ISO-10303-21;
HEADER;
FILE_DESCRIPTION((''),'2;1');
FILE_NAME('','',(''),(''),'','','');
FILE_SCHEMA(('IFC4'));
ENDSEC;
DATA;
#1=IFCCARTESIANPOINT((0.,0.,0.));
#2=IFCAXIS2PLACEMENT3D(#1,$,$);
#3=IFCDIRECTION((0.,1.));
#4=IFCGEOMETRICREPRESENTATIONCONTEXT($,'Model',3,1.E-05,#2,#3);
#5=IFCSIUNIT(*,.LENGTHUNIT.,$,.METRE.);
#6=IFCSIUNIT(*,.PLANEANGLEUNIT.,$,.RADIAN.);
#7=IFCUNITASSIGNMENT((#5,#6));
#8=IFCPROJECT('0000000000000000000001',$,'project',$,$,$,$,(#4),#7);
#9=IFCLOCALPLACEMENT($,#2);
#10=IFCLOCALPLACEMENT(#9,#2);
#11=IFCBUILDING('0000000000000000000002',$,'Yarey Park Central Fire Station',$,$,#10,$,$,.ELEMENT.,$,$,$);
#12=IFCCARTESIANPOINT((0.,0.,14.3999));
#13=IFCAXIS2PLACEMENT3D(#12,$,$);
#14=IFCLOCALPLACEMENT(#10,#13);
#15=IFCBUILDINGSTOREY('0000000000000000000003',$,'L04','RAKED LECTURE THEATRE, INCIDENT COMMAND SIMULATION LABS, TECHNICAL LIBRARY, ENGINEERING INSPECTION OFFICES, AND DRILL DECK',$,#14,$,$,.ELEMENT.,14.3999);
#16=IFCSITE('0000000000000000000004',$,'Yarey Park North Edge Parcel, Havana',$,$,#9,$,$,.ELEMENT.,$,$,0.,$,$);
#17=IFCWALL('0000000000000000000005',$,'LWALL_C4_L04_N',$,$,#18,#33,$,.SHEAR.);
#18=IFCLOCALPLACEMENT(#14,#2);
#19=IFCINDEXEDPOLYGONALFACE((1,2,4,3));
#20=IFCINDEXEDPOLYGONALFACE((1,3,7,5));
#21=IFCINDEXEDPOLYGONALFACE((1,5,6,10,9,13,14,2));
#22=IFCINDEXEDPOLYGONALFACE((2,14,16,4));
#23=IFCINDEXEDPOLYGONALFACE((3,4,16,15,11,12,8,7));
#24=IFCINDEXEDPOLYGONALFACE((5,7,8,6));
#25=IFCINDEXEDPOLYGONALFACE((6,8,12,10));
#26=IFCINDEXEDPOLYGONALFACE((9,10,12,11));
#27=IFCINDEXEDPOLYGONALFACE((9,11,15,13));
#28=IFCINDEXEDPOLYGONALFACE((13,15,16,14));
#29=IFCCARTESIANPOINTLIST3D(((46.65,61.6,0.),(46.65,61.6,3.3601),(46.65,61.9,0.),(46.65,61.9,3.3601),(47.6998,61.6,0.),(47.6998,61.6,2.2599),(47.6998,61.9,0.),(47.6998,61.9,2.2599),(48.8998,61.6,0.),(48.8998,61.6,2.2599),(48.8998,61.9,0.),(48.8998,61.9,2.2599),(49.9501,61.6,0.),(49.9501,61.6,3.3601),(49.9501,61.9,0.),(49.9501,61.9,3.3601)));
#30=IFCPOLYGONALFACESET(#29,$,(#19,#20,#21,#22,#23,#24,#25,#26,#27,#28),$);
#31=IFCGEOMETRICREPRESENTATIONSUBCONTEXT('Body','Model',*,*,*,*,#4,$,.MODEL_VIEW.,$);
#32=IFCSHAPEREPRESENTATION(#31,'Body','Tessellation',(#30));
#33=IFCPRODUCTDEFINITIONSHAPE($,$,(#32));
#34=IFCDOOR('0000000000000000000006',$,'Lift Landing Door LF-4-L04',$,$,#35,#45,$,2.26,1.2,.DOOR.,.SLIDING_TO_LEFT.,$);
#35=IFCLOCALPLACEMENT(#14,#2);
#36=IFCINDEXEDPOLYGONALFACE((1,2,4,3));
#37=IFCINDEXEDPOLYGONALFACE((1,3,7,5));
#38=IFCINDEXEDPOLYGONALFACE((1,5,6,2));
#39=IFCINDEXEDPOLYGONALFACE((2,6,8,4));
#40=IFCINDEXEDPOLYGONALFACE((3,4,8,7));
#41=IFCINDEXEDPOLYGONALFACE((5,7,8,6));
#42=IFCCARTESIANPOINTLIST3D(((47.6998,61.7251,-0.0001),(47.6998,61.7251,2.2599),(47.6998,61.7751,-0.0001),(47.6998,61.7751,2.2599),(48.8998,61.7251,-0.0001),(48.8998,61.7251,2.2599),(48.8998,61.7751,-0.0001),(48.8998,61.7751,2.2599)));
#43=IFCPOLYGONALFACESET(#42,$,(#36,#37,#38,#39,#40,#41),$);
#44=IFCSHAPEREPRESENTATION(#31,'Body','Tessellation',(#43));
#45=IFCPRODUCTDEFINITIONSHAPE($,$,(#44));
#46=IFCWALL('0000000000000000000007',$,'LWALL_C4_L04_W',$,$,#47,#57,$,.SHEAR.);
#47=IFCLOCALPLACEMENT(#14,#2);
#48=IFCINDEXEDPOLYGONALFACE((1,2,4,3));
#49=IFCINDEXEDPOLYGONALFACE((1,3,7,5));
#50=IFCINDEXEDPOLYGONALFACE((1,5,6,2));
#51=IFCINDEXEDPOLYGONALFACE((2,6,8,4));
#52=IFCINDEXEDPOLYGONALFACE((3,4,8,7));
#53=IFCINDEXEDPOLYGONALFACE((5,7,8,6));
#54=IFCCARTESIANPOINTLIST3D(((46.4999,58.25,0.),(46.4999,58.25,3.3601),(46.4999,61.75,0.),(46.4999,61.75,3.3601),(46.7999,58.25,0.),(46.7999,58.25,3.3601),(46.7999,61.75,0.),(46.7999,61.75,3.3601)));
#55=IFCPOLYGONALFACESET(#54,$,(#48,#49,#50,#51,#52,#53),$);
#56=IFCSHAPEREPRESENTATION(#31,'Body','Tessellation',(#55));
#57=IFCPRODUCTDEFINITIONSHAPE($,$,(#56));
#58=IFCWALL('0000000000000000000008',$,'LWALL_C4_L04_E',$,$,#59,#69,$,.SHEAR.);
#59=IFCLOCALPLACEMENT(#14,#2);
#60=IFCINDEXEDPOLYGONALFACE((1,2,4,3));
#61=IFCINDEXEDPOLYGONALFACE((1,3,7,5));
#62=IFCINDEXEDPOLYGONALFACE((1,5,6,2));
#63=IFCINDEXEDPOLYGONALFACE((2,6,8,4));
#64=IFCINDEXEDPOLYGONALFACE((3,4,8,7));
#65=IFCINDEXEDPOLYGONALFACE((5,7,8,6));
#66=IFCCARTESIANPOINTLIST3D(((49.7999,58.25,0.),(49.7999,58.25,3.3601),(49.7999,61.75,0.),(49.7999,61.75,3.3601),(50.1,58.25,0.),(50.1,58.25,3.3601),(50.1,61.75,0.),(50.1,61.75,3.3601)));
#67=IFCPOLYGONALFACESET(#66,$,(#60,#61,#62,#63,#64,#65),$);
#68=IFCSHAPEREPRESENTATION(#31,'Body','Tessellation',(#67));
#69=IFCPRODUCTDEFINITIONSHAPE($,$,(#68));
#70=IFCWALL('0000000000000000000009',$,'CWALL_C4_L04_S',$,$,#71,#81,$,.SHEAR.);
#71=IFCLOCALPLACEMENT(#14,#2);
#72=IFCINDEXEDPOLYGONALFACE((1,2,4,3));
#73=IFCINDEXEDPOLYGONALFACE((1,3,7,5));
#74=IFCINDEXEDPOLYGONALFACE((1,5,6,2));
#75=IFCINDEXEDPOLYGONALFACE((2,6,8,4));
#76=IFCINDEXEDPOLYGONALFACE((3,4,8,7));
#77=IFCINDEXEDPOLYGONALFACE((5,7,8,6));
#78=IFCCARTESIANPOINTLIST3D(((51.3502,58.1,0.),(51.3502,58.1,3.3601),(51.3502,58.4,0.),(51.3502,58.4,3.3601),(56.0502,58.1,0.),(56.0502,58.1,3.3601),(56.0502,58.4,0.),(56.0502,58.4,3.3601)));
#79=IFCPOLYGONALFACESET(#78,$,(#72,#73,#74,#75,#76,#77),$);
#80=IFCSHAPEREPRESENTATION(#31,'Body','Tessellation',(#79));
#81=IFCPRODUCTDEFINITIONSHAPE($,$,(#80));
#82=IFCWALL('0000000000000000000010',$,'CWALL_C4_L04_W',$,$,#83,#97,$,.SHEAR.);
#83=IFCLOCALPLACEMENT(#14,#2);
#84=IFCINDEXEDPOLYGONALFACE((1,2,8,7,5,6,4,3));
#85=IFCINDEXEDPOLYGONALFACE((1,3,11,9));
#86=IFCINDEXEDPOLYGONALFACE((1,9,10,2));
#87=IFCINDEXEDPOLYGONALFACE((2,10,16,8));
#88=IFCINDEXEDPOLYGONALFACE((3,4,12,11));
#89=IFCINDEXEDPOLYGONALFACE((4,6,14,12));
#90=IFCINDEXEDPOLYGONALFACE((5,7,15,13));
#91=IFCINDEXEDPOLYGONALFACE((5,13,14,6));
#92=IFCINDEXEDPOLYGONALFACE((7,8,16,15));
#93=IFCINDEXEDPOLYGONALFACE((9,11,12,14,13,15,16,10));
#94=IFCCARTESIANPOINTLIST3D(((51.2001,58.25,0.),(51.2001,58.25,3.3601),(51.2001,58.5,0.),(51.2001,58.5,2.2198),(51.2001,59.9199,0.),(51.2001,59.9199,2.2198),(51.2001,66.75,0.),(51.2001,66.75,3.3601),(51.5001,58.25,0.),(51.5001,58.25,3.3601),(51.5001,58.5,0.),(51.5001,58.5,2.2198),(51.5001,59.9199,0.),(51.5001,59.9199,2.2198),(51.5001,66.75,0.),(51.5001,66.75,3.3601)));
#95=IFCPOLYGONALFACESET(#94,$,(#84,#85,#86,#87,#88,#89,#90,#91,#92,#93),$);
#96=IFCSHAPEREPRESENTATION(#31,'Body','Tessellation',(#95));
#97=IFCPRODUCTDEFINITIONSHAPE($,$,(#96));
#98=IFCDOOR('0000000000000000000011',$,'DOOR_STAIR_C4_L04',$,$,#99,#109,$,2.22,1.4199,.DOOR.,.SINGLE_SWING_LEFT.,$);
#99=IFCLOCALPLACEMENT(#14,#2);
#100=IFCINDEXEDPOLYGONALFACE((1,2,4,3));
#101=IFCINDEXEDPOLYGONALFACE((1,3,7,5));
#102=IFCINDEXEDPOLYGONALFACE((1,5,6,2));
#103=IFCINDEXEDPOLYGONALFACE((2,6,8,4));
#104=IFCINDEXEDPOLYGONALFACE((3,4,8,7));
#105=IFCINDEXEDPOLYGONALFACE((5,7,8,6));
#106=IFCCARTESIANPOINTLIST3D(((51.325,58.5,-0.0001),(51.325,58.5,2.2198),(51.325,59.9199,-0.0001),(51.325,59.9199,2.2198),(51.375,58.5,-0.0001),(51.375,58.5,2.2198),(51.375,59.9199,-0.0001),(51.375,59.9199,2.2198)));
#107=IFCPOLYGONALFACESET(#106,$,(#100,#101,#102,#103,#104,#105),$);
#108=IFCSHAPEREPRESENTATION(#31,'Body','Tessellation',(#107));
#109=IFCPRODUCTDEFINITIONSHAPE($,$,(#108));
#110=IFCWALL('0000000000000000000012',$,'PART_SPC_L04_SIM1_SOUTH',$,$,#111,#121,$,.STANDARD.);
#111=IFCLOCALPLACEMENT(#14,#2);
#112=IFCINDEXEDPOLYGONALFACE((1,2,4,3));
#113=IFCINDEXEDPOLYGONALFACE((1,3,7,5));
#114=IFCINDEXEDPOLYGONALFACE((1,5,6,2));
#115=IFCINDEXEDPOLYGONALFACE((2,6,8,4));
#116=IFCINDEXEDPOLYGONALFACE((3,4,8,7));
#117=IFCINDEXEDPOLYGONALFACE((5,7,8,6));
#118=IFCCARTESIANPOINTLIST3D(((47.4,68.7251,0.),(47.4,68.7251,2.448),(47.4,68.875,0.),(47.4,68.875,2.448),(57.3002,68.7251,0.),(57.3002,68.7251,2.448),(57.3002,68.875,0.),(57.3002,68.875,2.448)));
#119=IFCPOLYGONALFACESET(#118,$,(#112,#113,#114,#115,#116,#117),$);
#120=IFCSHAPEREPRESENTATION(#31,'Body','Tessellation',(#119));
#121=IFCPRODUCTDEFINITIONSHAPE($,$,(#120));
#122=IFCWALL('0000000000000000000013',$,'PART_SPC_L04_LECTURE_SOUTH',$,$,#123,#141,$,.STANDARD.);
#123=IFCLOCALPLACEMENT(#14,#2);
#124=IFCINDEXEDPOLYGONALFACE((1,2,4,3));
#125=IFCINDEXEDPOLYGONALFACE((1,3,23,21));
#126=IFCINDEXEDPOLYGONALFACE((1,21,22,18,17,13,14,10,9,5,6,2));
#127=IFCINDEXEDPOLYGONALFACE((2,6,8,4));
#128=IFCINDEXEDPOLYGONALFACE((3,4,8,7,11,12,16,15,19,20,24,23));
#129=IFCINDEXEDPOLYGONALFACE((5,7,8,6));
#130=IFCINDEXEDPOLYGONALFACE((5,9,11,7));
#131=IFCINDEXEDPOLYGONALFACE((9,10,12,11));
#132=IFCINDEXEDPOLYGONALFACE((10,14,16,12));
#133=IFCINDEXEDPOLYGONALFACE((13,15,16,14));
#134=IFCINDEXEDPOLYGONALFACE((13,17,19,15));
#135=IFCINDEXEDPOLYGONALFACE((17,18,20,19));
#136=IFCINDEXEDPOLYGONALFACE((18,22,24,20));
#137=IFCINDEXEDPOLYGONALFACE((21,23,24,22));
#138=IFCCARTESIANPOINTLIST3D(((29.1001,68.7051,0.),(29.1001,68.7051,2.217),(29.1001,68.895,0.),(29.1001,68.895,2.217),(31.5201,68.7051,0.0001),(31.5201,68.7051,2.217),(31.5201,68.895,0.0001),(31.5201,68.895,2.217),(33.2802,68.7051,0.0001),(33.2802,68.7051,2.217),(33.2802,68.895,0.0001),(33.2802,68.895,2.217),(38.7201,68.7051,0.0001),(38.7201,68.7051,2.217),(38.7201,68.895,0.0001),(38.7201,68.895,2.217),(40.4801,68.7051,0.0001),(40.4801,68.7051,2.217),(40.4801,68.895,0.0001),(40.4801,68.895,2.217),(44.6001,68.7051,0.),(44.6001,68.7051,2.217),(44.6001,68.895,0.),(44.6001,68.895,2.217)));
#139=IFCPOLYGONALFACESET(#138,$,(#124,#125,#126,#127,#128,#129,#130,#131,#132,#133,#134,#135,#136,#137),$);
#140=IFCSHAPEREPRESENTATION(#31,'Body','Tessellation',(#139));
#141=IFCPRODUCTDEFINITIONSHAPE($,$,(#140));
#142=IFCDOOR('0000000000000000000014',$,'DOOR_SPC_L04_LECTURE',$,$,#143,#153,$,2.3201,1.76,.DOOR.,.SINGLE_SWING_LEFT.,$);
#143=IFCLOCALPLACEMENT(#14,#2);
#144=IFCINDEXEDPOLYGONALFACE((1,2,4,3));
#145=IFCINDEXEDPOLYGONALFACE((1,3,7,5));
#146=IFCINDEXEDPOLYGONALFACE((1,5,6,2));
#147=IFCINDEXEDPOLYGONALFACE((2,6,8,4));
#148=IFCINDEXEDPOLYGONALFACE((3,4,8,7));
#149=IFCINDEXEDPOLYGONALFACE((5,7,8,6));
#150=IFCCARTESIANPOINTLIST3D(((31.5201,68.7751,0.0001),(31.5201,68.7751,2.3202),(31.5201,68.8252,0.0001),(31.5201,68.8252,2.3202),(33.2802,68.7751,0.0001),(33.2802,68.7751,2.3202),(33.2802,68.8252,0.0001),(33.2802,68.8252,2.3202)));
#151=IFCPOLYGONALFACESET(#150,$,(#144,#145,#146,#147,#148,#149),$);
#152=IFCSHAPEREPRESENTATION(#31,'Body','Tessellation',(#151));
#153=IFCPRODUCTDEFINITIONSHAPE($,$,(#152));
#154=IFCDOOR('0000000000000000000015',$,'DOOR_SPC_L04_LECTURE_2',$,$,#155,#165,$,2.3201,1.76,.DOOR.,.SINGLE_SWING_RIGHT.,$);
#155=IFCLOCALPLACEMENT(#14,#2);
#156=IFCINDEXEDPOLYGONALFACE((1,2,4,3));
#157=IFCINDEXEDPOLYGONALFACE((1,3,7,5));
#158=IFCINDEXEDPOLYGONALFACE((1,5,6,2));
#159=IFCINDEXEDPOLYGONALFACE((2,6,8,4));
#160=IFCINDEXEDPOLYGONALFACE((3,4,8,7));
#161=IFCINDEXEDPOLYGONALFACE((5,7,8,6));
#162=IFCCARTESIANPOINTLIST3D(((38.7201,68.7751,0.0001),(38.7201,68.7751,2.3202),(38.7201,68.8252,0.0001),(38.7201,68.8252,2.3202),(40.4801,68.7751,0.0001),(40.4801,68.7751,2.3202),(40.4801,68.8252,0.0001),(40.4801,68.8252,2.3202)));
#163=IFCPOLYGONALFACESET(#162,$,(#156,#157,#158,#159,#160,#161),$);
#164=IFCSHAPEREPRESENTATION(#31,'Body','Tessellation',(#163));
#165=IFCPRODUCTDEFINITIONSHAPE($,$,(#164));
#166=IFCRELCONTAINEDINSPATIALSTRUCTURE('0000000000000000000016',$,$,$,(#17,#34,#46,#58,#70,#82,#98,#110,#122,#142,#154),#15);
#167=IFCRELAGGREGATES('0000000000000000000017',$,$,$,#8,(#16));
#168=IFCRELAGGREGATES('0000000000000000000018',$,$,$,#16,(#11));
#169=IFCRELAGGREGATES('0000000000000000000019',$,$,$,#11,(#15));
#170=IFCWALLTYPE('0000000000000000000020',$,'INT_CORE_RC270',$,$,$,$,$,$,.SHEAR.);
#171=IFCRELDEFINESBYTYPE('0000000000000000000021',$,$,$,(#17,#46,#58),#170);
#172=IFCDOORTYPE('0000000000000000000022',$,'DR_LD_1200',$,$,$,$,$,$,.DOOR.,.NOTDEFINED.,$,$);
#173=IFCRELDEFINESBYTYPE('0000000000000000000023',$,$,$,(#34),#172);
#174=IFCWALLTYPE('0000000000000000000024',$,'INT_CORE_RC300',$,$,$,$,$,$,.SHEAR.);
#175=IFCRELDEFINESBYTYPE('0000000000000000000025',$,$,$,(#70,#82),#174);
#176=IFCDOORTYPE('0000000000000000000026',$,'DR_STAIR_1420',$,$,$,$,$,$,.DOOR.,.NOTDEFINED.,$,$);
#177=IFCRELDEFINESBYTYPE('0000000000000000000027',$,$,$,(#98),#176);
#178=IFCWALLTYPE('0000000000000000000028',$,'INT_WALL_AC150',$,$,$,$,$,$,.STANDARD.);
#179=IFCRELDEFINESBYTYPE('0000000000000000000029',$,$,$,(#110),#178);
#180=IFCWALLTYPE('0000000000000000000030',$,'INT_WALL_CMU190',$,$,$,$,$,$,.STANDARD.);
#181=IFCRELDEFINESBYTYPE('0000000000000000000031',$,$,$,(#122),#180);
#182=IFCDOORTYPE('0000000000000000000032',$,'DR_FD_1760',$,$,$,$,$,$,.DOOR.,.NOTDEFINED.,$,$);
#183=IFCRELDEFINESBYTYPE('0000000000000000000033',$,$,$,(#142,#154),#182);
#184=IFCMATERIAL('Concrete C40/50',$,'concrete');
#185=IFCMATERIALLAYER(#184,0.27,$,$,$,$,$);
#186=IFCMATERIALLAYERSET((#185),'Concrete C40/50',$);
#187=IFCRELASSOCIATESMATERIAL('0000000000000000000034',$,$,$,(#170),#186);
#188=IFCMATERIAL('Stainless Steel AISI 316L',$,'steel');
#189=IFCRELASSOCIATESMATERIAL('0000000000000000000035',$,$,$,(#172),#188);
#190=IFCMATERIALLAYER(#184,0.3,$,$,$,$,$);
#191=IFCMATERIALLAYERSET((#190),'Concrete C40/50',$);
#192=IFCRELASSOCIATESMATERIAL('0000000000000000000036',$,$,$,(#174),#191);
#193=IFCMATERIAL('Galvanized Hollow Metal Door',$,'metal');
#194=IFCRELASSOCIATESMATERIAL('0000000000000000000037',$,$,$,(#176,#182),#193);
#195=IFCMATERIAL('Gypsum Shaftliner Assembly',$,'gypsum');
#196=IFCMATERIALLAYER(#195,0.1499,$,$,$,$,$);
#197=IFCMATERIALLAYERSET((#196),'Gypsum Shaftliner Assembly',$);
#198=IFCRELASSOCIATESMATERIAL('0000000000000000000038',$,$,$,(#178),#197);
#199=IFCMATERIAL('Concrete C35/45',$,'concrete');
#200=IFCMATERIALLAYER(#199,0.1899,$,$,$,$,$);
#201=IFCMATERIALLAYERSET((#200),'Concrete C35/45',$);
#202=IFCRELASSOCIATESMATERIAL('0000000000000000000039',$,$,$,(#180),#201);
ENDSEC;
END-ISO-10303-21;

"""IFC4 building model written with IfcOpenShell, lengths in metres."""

from ifc_helpers import new_model, si_unit, direction, frame, frame_2d, origin, place, context, subcontext, project, spatial, rectangle, extrude, material, layer, layer_set, type_object, element, fill, save


model = new_model("IFC4")

# Units and contexts
model_context = context("Model", 3, precision=1e-05, world=origin(), true_north=direction((0.0, 1.0)))
body_context = subcontext(model_context, "Body", "Model", "MODEL_VIEW")
ifc_project = project(units=[si_unit("LENGTHUNIT", "METRE"), si_unit("PLANEANGLEUNIT", "RADIAN")], contexts=[model_context])

# Site, building, storey
site_placement = place(None, origin())
site = spatial("IfcSite", under=ifc_project, at=site_placement, Name="Yarey Park North Edge Parcel, Havana", CompositionType="ELEMENT", RefElevation=0.0)
building_placement = place(site_placement, origin())
building = spatial("IfcBuilding", under=site, at=building_placement, Name="Yarey Park Central Fire Station", CompositionType="ELEMENT")
storey_placement = place(building_placement, frame((0.0, 0.0, 14.3999)))
storey = spatial("IfcBuildingStorey", under=building, at=storey_placement, Name="L04", Description="RAKED LECTURE THEATRE, INCIDENT COMMAND SIMULATION LABS, TECHNICAL LIBRARY, ENGINEERING INSPECTION OFFICES, AND DRILL DECK", CompositionType="ELEMENT", Elevation=14.3999)

# Shared definitions
ifc_material_1 = material(Name="Concrete C40/50", Category="concrete")
ifc_layer_1 = layer(ifc_material_1, 0.27)
ifc_layer_set_1 = layer_set([ifc_layer_1], Name="Concrete C40/50")
wall_type_1 = type_object("IfcWallType", Name="INT_CORE_RC270", PredefinedType="SHEAR", material=ifc_layer_set_1)

# Wall, opening, door
wall_1_placement = place(storey_placement, frame((49.95, 61.75, 0.0), z_axis=(0.0, 0.0, 1.0), x_axis=(-1.0, 0.0, 0.0)))
wall_1 = element("IfcWall", 1, at=wall_1_placement, inside=storey, type_object=wall_type_1, Name="LWALL_C4_L04_N", PredefinedType="SHEAR", context=body_context, shape_type="SweptSolid", body=[
    extrude(rectangle(XDim=3.3, YDim=0.3, at=frame_2d((1.6499, 0.0))), origin(), (0.0, 0.0, 1.0), 3.3601),
])
opening_1_placement = place(wall_1_placement, frame((1.05, 0.0, 0.0)))
opening_1 = element("IfcOpeningElement", 2, at=opening_1_placement, cuts=wall_1, PredefinedType="OPENING", context=body_context, shape_type="SweptSolid", body=[
    extrude(rectangle(XDim=1.2, YDim=2.26, at=frame_2d((0.6001, 1.1299))), frame((0.0, 0.1599, 0.0), z_axis=(0.0, -1.0, 0.0), x_axis=(1.0, 0.0, 0.0)), (0.0, 0.0, 1.0), 0.3201),
])
ifc_material_2 = material(Name="Stainless Steel AISI 316L", Category="steel")
door_type_1 = type_object("IfcDoorType", Name="DR_LD_1200", OperationType="NOTDEFINED", PredefinedType="DOOR", material=ifc_material_2)
door_1_placement = place(opening_1_placement, origin())
door_1 = element("IfcDoor", 3, at=door_1_placement, inside=storey, type_object=door_type_1, Name="Lift Landing Door LF-4-L04", OperationType="SLIDING_TO_LEFT", OverallHeight=2.26, OverallWidth=1.2, PredefinedType="DOOR", context=body_context, shape_type="SweptSolid", body=[
    extrude(rectangle(XDim=1.2, YDim=2.26, at=frame_2d((0.6001, 1.1299))), frame((0.0, 0.0249, 0.0), z_axis=(0.0, -1.0, 0.0), x_axis=(1.0, 0.0, 0.0)), (0.0, 0.0, 1.0), 0.05),
])
fill(opening_1, door_1)

# Walls
for number, where, z_axis, x_axis, name in (
    (4, (46.6499, 61.75, 0.0), (0.0, 0.0, 1.0), (0.0, -1.0, 0.0), "LWALL_C4_L04_W"),
    (5, (49.95, 58.25, 0.0), (0.0, 0.0, 1.0), (0.0, 1.0, 0.0), "LWALL_C4_L04_E"),
):
    element("IfcWall", number, at=place(storey_placement, frame(where, z_axis=z_axis, x_axis=x_axis)), inside=storey, type_object=wall_type_1, Name=name, PredefinedType="SHEAR", context=body_context, shape_type="SweptSolid", body=[
        extrude(rectangle(XDim=3.5, YDim=0.3, at=frame_2d((1.75, 0.0))), origin(), (0.0, 0.0, 1.0), 3.3601),
    ])
ifc_layer_2 = layer(ifc_material_1, 0.3)
ifc_layer_set_2 = layer_set([ifc_layer_2], Name="Concrete C40/50")
wall_type_2 = type_object("IfcWallType", Name="INT_CORE_RC300", PredefinedType="SHEAR", material=ifc_layer_set_2)
wall_2_placement = place(storey_placement, frame((51.3501, 58.25, 0.0), z_axis=(0.0, 0.0, 1.0), x_axis=(1.0, 0.0, 0.0)))
element("IfcWall", 6, at=wall_2_placement, inside=storey, type_object=wall_type_2, Name="CWALL_C4_L04_S", PredefinedType="SHEAR", context=body_context, shape_type="SweptSolid", body=[
    extrude(rectangle(XDim=4.7, YDim=0.3, at=frame_2d((2.3501, 0.0))), origin(), (0.0, 0.0, 1.0), 3.3601),
])

# Wall, opening, door
wall_3_placement = place(storey_placement, frame((51.3501, 66.75, 0.0), z_axis=(0.0, 0.0, 1.0), x_axis=(0.0, -1.0, 0.0)))
wall_3 = element("IfcWall", 7, at=wall_3_placement, inside=storey, type_object=wall_type_2, Name="CWALL_C4_L04_W", PredefinedType="SHEAR", context=body_context, shape_type="SweptSolid", body=[
    extrude(rectangle(XDim=8.5, YDim=0.3, at=frame_2d((4.25, 0.0))), origin(), (0.0, 0.0, 1.0), 3.3601),
])
opening_2_placement = place(wall_3_placement, frame((6.8301, 0.0, 0.0)))
opening_2 = element("IfcOpeningElement", 8, at=opening_2_placement, cuts=wall_3, PredefinedType="OPENING", context=body_context, shape_type="SweptSolid", body=[
    extrude(rectangle(XDim=1.4199, YDim=2.22, at=frame_2d((0.71, 1.1099))), frame((0.0, 0.1599, 0.0), z_axis=(0.0, -1.0, 0.0), x_axis=(1.0, 0.0, 0.0)), (0.0, 0.0, 1.0), 0.3201),
])
ifc_material_3 = material(Name="Galvanized Hollow Metal Door", Category="metal")
door_type_2 = type_object("IfcDoorType", Name="DR_STAIR_1420", OperationType="NOTDEFINED", PredefinedType="DOOR", material=ifc_material_3)
door_2_placement = place(opening_2_placement, origin())
door_2 = element("IfcDoor", 9, at=door_2_placement, inside=storey, type_object=door_type_2, Name="DOOR_STAIR_C4_L04", OperationType="SINGLE_SWING_LEFT", OverallHeight=2.22, OverallWidth=1.4199, PredefinedType="DOOR", context=body_context, shape_type="SweptSolid", body=[
    extrude(rectangle(XDim=1.4199, YDim=2.22, at=frame_2d((0.71, 1.1099))), frame((0.0, 0.0249, 0.0), z_axis=(0.0, -1.0, 0.0), x_axis=(1.0, 0.0, 0.0)), (0.0, 0.0, 1.0), 0.05),
])
fill(opening_2, door_2)

# Wall
ifc_material_4 = material(Name="Gypsum Shaftliner Assembly", Category="gypsum")
ifc_layer_3 = layer(ifc_material_4, 0.1499)
ifc_layer_set_3 = layer_set([ifc_layer_3], Name="Gypsum Shaftliner Assembly")
wall_type_3 = type_object("IfcWallType", Name="INT_WALL_AC150", PredefinedType="STANDARD", material=ifc_layer_set_3)
wall_4_placement = place(storey_placement, frame((47.3999, 68.8, 0.0), z_axis=(0.0, 0.0, 1.0), x_axis=(1.0, 0.0, 0.0)))
element("IfcWall", 10, at=wall_4_placement, inside=storey, type_object=wall_type_3, Name="PART_SPC_L04_SIM1_SOUTH", PredefinedType="STANDARD", context=body_context, shape_type="SweptSolid", body=[
    extrude(rectangle(XDim=9.9001, YDim=0.1499, at=frame_2d((4.9502, 0.0))), origin(), (0.0, 0.0, 1.0), 2.448),
])

# Wall, openings, doors
ifc_material_5 = material(Name="Concrete C35/45", Category="concrete")
ifc_layer_4 = layer(ifc_material_5, 0.1899)
ifc_layer_set_4 = layer_set([ifc_layer_4], Name="Concrete C35/45")
wall_type_4 = type_object("IfcWallType", Name="INT_WALL_CMU190", PredefinedType="STANDARD", material=ifc_layer_set_4)
wall_5_placement = place(storey_placement, frame((44.6001, 68.8, 0.0), z_axis=(0.0, 0.0, 1.0), x_axis=(-1.0, 0.0, 0.0)))
wall_5 = element("IfcWall", 11, at=wall_5_placement, inside=storey, type_object=wall_type_4, Name="PART_SPC_L04_LECTURE_SOUTH", PredefinedType="STANDARD", context=body_context, shape_type="SweptSolid", body=[
    extrude(rectangle(XDim=15.5, YDim=0.1899, at=frame_2d((7.75, 0.0))), origin(), (0.0, 0.0, 1.0), 2.217),
])
opening_3_placement = place(wall_5_placement, frame((11.3201, 0.0, 0.0)))
opening_3 = element("IfcOpeningElement", 12, at=opening_3_placement, cuts=wall_5, PredefinedType="OPENING", context=body_context, shape_type="SweptSolid", body=[
    extrude(rectangle(XDim=1.76, YDim=2.3201, at=frame_2d((0.8799, 1.1602))), frame((0.0, 0.105, 0.0), z_axis=(0.0, -1.0, 0.0), x_axis=(1.0, 0.0, 0.0)), (0.0, 0.0, 1.0), 0.21),
])
opening_4_placement = place(wall_5_placement, frame((4.1201, 0.0, 0.0)))
opening_4 = element("IfcOpeningElement", 13, at=opening_4_placement, cuts=wall_5, PredefinedType="OPENING", context=body_context, shape_type="SweptSolid", body=[
    extrude(rectangle(XDim=1.76, YDim=2.3201, at=frame_2d((0.8799, 1.1602))), frame((0.0, 0.105, 0.0), z_axis=(0.0, -1.0, 0.0), x_axis=(1.0, 0.0, 0.0)), (0.0, 0.0, 1.0), 0.21),
])
door_type_3 = type_object("IfcDoorType", Name="DR_FD_1760", OperationType="NOTDEFINED", PredefinedType="DOOR", material=ifc_material_3)
door_3_placement = place(opening_3_placement, origin())
door_3 = element("IfcDoor", 14, at=door_3_placement, inside=storey, type_object=door_type_3, Name="DOOR_SPC_L04_LECTURE", OperationType="SINGLE_SWING_LEFT", OverallHeight=2.3201, OverallWidth=1.76, PredefinedType="DOOR", context=body_context, shape_type="SweptSolid", body=[
    extrude(rectangle(XDim=1.76, YDim=2.3201, at=frame_2d((0.8799, 1.1602))), frame((0.0, 0.0249, 0.0), z_axis=(0.0, -1.0, 0.0), x_axis=(1.0, 0.0, 0.0)), (0.0, 0.0, 1.0), 0.05),
])
fill(opening_3, door_3)
door_4_placement = place(opening_4_placement, origin())
door_4 = element("IfcDoor", 15, at=door_4_placement, inside=storey, type_object=door_type_3, Name="DOOR_SPC_L04_LECTURE_2", OperationType="SINGLE_SWING_RIGHT", OverallHeight=2.3201, OverallWidth=1.76, PredefinedType="DOOR", context=body_context, shape_type="SweptSolid", body=[
    extrude(rectangle(XDim=1.76, YDim=2.3201, at=frame_2d((0.8799, 1.1602))), frame((0.0, 0.0249, 0.0), z_axis=(0.0, -1.0, 0.0), x_axis=(1.0, 0.0, 0.0)), (0.0, 0.0, 1.0), 0.05),
])
fill(opening_4, door_4)

save(model, "model.ifc")
